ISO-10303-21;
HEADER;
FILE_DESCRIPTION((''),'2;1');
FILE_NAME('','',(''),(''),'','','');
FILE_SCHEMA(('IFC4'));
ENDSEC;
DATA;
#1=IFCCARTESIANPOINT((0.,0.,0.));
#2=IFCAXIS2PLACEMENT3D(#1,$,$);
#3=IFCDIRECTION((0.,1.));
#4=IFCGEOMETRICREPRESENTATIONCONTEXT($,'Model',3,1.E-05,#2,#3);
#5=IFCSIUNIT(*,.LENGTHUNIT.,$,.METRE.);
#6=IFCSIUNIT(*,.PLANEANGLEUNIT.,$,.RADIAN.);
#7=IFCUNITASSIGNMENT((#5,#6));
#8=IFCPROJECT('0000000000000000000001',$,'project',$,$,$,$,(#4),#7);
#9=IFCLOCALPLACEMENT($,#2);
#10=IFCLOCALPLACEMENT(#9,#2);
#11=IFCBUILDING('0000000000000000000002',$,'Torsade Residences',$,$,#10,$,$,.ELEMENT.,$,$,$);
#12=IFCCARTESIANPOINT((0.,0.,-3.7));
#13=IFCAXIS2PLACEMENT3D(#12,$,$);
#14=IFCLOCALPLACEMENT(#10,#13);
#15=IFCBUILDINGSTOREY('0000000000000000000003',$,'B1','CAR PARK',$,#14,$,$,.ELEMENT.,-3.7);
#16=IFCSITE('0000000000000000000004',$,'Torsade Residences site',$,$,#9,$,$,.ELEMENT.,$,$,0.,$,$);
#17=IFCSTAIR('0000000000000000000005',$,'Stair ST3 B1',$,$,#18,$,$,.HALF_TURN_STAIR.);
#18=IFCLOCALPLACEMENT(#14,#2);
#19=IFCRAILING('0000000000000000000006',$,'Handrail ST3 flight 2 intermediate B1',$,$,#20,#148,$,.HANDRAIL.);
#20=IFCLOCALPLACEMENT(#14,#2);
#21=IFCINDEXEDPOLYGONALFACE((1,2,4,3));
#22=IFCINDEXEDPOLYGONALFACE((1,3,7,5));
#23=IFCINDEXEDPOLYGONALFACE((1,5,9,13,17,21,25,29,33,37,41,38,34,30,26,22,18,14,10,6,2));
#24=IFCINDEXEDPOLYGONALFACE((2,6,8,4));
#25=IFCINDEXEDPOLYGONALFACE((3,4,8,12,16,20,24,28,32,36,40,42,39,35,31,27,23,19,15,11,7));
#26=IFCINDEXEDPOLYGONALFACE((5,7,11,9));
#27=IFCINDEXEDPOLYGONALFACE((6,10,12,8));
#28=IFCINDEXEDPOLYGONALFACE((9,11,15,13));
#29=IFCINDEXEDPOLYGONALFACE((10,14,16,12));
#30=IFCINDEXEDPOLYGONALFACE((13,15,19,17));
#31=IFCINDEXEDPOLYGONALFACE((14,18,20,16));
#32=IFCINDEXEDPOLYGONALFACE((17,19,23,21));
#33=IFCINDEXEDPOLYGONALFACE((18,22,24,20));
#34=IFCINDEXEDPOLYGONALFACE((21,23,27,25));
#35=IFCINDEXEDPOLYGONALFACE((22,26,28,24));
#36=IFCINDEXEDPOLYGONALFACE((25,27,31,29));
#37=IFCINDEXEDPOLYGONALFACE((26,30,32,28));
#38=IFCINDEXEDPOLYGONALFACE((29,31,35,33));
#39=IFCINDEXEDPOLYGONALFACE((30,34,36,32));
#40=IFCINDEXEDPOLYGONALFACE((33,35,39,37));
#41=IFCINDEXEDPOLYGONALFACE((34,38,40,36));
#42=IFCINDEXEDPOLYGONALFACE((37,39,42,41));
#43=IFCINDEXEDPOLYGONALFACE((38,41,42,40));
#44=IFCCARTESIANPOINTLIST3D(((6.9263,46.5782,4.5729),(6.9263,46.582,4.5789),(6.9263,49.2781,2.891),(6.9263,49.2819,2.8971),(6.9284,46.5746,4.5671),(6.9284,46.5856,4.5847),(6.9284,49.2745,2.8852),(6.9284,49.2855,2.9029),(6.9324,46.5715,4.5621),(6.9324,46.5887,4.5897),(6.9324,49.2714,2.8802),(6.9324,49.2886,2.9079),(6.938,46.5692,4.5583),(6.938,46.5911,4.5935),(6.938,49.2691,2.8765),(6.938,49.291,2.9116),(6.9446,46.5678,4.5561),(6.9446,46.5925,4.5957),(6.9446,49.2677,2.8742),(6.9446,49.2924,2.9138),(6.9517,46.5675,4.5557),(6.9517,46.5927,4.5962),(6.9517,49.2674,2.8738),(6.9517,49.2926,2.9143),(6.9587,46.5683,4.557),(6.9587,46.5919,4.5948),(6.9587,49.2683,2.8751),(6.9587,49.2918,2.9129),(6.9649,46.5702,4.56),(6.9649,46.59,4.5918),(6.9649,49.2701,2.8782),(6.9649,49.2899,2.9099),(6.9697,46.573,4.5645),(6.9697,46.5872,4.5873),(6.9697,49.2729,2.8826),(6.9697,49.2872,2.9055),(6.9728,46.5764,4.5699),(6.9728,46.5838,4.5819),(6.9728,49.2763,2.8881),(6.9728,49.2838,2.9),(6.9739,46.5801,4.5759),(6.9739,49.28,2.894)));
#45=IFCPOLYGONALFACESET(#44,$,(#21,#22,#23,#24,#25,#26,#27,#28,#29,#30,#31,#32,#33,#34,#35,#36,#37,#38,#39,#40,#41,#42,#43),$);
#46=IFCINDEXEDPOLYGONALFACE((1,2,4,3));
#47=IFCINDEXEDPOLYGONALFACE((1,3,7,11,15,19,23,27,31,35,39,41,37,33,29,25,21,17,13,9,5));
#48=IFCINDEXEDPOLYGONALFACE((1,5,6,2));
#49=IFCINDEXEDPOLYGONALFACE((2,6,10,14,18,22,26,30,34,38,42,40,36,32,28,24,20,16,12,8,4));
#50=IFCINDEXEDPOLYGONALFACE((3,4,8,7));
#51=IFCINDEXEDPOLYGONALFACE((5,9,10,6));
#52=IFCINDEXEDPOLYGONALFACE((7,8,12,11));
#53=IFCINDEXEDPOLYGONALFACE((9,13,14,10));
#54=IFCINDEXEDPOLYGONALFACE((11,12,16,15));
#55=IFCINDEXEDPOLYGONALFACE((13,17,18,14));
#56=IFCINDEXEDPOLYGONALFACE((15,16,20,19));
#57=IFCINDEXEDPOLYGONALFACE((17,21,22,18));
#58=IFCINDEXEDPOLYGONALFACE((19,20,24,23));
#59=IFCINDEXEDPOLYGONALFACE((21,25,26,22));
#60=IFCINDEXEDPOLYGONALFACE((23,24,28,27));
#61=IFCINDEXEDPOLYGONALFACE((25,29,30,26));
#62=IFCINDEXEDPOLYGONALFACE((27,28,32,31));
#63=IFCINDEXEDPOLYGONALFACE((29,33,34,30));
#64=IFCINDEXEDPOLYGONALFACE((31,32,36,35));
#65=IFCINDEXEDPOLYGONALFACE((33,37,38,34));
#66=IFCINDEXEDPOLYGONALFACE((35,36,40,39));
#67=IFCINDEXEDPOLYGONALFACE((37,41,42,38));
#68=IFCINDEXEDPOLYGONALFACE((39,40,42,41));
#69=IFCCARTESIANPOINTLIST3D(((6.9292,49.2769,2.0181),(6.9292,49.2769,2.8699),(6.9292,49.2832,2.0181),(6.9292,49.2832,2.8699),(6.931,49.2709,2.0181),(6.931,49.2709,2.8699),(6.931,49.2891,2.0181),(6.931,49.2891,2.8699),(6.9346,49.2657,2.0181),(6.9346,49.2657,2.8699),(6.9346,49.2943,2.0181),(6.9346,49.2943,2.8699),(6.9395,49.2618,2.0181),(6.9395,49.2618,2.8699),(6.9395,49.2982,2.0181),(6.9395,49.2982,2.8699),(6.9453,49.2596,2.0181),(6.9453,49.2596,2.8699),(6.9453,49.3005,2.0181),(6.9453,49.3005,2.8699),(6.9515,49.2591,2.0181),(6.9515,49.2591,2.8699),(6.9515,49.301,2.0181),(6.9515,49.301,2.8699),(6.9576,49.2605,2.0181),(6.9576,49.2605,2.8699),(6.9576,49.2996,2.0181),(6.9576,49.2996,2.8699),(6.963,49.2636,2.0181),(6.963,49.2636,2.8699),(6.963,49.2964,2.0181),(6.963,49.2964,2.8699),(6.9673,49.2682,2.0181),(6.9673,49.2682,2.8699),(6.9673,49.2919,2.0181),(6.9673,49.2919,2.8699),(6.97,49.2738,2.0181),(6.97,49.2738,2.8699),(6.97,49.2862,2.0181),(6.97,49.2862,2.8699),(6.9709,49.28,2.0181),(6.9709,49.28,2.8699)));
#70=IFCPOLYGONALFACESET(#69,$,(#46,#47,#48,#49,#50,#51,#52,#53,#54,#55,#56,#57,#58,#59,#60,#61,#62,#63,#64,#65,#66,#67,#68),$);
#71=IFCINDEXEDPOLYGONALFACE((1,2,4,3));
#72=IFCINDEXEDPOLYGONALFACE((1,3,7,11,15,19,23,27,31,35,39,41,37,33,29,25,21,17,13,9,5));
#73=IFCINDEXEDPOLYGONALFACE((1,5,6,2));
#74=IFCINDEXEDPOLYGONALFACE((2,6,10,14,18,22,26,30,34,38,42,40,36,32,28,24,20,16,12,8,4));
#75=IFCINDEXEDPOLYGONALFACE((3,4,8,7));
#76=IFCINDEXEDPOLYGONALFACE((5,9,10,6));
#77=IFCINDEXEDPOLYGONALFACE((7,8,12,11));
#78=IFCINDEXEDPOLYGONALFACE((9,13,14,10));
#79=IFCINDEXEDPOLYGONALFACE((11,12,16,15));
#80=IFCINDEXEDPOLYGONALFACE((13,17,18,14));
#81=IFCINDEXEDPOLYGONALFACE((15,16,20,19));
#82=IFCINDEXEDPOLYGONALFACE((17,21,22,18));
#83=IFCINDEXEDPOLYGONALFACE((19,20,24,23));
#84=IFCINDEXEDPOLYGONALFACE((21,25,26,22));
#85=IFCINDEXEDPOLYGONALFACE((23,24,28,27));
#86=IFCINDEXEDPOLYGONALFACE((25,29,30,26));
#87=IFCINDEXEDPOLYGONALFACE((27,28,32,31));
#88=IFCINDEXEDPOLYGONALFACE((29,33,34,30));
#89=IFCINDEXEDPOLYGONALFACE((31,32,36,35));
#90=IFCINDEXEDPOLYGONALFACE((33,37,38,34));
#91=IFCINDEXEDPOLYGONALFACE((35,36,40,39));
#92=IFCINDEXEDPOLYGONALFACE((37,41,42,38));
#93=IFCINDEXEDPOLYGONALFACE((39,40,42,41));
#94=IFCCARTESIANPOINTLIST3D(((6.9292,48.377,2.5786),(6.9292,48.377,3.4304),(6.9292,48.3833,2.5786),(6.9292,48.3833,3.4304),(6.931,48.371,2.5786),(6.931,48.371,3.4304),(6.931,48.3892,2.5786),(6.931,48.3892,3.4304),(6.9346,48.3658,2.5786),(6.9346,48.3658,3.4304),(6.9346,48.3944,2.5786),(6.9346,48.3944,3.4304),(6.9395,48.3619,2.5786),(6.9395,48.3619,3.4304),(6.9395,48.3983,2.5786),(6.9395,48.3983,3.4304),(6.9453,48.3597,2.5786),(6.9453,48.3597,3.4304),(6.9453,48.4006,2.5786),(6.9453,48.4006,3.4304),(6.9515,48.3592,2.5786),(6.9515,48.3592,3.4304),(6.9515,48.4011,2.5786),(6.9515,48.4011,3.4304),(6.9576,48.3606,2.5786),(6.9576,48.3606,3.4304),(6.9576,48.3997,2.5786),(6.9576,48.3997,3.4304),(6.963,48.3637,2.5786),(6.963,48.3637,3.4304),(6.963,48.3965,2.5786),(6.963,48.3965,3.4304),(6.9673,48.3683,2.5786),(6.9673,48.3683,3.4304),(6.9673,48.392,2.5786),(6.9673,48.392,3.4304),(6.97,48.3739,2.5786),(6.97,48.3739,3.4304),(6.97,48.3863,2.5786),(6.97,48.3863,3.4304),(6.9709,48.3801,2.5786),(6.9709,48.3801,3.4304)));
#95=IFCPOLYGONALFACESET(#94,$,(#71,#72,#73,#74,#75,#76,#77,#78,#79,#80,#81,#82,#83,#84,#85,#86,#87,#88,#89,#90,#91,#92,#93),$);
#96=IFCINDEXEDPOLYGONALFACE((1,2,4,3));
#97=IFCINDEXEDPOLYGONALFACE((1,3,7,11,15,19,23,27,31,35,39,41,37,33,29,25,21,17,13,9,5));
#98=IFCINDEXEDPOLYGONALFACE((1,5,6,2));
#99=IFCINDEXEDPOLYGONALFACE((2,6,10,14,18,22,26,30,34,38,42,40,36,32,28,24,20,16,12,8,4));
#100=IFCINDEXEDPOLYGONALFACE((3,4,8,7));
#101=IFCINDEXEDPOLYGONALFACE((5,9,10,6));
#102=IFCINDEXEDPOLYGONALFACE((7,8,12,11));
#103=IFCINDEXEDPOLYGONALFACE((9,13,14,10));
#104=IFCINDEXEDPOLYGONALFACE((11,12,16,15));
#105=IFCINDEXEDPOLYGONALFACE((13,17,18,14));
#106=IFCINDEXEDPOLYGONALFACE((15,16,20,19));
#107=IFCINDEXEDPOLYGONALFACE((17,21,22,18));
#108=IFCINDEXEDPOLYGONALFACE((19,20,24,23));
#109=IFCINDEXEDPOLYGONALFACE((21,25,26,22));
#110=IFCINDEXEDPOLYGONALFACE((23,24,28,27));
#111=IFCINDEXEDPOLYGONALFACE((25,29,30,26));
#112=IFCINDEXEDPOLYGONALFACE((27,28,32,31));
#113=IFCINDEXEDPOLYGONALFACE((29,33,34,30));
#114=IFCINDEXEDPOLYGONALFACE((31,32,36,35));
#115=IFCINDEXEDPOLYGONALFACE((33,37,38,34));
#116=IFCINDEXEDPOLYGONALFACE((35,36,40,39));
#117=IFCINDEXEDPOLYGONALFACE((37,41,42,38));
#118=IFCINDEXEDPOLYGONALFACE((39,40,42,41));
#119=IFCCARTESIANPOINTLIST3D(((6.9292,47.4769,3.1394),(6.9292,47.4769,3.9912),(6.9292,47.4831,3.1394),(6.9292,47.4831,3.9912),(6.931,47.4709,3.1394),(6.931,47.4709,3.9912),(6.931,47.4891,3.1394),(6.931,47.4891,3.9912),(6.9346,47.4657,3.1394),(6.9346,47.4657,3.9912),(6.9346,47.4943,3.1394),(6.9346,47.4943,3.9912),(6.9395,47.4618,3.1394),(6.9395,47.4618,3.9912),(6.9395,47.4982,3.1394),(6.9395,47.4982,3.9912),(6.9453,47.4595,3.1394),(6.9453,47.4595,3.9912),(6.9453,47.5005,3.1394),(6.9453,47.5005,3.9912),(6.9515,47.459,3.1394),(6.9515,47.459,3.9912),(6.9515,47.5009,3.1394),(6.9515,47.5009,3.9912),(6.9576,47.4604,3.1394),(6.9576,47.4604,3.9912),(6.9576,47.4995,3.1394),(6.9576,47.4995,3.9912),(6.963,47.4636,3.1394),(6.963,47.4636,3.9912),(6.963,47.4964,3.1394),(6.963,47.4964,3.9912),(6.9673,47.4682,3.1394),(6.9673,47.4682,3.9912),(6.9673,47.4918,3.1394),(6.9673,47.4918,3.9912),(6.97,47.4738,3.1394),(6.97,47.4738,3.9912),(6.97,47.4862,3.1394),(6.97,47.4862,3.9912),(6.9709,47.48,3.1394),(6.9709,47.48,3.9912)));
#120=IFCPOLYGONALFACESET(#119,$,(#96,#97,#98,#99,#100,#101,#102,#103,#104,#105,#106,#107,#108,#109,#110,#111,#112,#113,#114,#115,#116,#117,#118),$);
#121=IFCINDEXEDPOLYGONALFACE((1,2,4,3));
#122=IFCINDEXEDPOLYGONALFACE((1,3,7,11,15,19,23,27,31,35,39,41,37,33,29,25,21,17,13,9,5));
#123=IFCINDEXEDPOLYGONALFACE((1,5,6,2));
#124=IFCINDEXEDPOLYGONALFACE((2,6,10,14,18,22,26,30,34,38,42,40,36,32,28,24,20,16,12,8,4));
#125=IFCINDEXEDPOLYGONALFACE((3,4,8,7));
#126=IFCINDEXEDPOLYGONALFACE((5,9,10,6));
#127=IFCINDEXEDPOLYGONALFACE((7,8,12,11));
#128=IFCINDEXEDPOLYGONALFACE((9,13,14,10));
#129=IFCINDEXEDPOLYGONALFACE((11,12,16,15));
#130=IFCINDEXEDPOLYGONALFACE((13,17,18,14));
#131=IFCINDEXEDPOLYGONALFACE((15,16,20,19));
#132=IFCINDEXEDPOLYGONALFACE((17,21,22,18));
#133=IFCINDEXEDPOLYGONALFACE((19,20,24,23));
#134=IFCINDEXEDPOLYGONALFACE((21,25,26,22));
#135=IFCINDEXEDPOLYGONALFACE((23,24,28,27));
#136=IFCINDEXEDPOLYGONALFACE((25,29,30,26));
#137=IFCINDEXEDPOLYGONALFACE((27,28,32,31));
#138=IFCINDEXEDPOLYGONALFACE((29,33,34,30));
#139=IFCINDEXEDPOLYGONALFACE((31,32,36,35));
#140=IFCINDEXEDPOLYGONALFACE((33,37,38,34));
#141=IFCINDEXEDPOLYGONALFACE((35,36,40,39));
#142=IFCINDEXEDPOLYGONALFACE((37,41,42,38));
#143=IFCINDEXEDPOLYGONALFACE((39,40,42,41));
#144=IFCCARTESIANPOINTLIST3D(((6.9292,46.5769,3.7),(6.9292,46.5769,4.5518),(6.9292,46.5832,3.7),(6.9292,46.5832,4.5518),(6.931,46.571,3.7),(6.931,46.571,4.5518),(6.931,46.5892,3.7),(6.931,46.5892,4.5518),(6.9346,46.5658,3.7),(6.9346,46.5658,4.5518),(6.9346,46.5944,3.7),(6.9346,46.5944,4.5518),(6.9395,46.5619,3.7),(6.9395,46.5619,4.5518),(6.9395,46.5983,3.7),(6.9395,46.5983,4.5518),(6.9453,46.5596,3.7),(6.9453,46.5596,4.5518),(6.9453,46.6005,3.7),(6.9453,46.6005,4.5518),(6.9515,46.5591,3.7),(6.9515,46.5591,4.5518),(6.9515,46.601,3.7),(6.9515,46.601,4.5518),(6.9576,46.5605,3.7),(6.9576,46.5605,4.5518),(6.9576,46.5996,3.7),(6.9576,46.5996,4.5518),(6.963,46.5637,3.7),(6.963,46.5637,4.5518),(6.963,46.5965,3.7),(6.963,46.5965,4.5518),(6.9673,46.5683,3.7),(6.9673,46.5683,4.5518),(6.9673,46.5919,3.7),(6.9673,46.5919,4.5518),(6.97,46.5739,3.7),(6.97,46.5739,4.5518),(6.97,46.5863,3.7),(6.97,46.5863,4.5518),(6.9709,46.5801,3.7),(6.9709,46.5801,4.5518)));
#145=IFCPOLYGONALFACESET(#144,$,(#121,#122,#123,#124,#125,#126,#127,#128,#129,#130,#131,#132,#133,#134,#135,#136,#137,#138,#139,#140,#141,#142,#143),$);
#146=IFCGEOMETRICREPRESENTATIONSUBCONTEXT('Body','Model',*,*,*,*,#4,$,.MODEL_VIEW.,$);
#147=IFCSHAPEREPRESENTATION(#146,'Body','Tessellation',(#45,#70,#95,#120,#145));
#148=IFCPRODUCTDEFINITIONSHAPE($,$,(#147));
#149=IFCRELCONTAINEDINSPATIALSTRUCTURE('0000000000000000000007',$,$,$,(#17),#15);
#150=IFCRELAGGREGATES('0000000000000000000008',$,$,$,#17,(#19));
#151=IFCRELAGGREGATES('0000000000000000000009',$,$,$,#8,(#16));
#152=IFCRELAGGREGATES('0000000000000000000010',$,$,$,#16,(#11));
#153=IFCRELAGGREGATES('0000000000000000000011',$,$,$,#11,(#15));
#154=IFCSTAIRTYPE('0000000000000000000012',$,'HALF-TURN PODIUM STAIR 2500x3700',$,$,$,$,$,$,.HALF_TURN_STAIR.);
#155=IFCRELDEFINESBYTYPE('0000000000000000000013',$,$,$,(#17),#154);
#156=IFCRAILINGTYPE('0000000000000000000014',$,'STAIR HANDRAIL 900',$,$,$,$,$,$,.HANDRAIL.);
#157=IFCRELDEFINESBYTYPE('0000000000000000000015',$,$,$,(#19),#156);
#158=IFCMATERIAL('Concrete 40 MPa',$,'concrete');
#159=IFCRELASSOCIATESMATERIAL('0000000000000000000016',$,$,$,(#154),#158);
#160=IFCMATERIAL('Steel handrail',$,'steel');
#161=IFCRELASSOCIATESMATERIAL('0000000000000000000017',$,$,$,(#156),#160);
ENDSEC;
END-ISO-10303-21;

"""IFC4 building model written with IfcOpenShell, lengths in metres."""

from ifc_helpers import new_model, si_unit, direction, frame, origin, origin_2d, place, context, subcontext, project, spatial, circle, extrude, material, type_object, element, aggregate, save


model = new_model("IFC4")

# Units and contexts
model_context = context("Model", 3, precision=1e-05, world=origin(), true_north=direction((0.0, 1.0)))
body_context = subcontext(model_context, "Body", "Model", "MODEL_VIEW")
ifc_project = project(units=[si_unit("LENGTHUNIT", "METRE"), si_unit("PLANEANGLEUNIT", "RADIAN")], contexts=[model_context])

# Site, building, storey
site_placement = place(None, origin())
site = spatial("IfcSite", under=ifc_project, at=site_placement, Name="Torsade Residences site", CompositionType="ELEMENT", RefElevation=0.0)
building_placement = place(site_placement, origin())
building = spatial("IfcBuilding", under=site, at=building_placement, Name="Torsade Residences", CompositionType="ELEMENT")
storey_placement = place(building_placement, frame((0.0, 0.0, -3.7)))
storey = spatial("IfcBuildingStorey", under=building, at=storey_placement, Name="B1", Description="CAR PARK", CompositionType="ELEMENT", Elevation=-3.7)

# Stair, railing
ifc_material_1 = material(Name="Concrete 40 MPa", Category="concrete")
stair_type = type_object("IfcStairType", Name="HALF-TURN PODIUM STAIR 2500x3700", PredefinedType="HALF_TURN_STAIR", material=ifc_material_1)
stair_placement = place(storey_placement, origin())
stair = element("IfcStair", 1, at=stair_placement, inside=storey, type_object=stair_type, Name="Stair ST3 B1", PredefinedType="HALF_TURN_STAIR")
ifc_material_2 = material(Name="Steel handrail", Category="steel")
railing_type = type_object("IfcRailingType", Name="STAIR HANDRAIL 900", PredefinedType="HANDRAIL", material=ifc_material_2)
railing_1_placement = place(storey_placement, frame((6.95, 49.28, 2.0181)))
railing_1 = element("IfcRailing", 2, at=railing_1_placement, type_object=railing_type, Name="Handrail ST3 flight 2 intermediate B1", PredefinedType="HANDRAIL", context=body_context, shape_type="SweptSolid", body=[
    extrude(circle(Radius=0.0239, at=origin_2d()), frame((0.0, 0.0, 0.876), z_axis=(0.0, -0.848786, 0.528736), x_axis=(1.0, 0.0, 0.0)), (0.0, 0.0, 1.0), 3.1809),
    extrude(circle(Radius=0.021, at=origin_2d()), origin(), (0.0, 0.0, 1.0), 0.8518),
    extrude(circle(Radius=0.021, at=origin_2d()), frame((0.0, -0.8999, 0.5605)), (0.0, 0.0, 1.0), 0.8518),
    extrude(circle(Radius=0.021, at=origin_2d()), frame((0.0, -1.8, 1.1213)), (0.0, 0.0, 1.0), 0.8518),
    extrude(circle(Radius=0.021, at=origin_2d()), frame((0.0, -2.7, 1.6819)), (0.0, 0.0, 1.0), 0.8518),
])
aggregate(stair, [railing_1])

save(model, "model.ifc")
